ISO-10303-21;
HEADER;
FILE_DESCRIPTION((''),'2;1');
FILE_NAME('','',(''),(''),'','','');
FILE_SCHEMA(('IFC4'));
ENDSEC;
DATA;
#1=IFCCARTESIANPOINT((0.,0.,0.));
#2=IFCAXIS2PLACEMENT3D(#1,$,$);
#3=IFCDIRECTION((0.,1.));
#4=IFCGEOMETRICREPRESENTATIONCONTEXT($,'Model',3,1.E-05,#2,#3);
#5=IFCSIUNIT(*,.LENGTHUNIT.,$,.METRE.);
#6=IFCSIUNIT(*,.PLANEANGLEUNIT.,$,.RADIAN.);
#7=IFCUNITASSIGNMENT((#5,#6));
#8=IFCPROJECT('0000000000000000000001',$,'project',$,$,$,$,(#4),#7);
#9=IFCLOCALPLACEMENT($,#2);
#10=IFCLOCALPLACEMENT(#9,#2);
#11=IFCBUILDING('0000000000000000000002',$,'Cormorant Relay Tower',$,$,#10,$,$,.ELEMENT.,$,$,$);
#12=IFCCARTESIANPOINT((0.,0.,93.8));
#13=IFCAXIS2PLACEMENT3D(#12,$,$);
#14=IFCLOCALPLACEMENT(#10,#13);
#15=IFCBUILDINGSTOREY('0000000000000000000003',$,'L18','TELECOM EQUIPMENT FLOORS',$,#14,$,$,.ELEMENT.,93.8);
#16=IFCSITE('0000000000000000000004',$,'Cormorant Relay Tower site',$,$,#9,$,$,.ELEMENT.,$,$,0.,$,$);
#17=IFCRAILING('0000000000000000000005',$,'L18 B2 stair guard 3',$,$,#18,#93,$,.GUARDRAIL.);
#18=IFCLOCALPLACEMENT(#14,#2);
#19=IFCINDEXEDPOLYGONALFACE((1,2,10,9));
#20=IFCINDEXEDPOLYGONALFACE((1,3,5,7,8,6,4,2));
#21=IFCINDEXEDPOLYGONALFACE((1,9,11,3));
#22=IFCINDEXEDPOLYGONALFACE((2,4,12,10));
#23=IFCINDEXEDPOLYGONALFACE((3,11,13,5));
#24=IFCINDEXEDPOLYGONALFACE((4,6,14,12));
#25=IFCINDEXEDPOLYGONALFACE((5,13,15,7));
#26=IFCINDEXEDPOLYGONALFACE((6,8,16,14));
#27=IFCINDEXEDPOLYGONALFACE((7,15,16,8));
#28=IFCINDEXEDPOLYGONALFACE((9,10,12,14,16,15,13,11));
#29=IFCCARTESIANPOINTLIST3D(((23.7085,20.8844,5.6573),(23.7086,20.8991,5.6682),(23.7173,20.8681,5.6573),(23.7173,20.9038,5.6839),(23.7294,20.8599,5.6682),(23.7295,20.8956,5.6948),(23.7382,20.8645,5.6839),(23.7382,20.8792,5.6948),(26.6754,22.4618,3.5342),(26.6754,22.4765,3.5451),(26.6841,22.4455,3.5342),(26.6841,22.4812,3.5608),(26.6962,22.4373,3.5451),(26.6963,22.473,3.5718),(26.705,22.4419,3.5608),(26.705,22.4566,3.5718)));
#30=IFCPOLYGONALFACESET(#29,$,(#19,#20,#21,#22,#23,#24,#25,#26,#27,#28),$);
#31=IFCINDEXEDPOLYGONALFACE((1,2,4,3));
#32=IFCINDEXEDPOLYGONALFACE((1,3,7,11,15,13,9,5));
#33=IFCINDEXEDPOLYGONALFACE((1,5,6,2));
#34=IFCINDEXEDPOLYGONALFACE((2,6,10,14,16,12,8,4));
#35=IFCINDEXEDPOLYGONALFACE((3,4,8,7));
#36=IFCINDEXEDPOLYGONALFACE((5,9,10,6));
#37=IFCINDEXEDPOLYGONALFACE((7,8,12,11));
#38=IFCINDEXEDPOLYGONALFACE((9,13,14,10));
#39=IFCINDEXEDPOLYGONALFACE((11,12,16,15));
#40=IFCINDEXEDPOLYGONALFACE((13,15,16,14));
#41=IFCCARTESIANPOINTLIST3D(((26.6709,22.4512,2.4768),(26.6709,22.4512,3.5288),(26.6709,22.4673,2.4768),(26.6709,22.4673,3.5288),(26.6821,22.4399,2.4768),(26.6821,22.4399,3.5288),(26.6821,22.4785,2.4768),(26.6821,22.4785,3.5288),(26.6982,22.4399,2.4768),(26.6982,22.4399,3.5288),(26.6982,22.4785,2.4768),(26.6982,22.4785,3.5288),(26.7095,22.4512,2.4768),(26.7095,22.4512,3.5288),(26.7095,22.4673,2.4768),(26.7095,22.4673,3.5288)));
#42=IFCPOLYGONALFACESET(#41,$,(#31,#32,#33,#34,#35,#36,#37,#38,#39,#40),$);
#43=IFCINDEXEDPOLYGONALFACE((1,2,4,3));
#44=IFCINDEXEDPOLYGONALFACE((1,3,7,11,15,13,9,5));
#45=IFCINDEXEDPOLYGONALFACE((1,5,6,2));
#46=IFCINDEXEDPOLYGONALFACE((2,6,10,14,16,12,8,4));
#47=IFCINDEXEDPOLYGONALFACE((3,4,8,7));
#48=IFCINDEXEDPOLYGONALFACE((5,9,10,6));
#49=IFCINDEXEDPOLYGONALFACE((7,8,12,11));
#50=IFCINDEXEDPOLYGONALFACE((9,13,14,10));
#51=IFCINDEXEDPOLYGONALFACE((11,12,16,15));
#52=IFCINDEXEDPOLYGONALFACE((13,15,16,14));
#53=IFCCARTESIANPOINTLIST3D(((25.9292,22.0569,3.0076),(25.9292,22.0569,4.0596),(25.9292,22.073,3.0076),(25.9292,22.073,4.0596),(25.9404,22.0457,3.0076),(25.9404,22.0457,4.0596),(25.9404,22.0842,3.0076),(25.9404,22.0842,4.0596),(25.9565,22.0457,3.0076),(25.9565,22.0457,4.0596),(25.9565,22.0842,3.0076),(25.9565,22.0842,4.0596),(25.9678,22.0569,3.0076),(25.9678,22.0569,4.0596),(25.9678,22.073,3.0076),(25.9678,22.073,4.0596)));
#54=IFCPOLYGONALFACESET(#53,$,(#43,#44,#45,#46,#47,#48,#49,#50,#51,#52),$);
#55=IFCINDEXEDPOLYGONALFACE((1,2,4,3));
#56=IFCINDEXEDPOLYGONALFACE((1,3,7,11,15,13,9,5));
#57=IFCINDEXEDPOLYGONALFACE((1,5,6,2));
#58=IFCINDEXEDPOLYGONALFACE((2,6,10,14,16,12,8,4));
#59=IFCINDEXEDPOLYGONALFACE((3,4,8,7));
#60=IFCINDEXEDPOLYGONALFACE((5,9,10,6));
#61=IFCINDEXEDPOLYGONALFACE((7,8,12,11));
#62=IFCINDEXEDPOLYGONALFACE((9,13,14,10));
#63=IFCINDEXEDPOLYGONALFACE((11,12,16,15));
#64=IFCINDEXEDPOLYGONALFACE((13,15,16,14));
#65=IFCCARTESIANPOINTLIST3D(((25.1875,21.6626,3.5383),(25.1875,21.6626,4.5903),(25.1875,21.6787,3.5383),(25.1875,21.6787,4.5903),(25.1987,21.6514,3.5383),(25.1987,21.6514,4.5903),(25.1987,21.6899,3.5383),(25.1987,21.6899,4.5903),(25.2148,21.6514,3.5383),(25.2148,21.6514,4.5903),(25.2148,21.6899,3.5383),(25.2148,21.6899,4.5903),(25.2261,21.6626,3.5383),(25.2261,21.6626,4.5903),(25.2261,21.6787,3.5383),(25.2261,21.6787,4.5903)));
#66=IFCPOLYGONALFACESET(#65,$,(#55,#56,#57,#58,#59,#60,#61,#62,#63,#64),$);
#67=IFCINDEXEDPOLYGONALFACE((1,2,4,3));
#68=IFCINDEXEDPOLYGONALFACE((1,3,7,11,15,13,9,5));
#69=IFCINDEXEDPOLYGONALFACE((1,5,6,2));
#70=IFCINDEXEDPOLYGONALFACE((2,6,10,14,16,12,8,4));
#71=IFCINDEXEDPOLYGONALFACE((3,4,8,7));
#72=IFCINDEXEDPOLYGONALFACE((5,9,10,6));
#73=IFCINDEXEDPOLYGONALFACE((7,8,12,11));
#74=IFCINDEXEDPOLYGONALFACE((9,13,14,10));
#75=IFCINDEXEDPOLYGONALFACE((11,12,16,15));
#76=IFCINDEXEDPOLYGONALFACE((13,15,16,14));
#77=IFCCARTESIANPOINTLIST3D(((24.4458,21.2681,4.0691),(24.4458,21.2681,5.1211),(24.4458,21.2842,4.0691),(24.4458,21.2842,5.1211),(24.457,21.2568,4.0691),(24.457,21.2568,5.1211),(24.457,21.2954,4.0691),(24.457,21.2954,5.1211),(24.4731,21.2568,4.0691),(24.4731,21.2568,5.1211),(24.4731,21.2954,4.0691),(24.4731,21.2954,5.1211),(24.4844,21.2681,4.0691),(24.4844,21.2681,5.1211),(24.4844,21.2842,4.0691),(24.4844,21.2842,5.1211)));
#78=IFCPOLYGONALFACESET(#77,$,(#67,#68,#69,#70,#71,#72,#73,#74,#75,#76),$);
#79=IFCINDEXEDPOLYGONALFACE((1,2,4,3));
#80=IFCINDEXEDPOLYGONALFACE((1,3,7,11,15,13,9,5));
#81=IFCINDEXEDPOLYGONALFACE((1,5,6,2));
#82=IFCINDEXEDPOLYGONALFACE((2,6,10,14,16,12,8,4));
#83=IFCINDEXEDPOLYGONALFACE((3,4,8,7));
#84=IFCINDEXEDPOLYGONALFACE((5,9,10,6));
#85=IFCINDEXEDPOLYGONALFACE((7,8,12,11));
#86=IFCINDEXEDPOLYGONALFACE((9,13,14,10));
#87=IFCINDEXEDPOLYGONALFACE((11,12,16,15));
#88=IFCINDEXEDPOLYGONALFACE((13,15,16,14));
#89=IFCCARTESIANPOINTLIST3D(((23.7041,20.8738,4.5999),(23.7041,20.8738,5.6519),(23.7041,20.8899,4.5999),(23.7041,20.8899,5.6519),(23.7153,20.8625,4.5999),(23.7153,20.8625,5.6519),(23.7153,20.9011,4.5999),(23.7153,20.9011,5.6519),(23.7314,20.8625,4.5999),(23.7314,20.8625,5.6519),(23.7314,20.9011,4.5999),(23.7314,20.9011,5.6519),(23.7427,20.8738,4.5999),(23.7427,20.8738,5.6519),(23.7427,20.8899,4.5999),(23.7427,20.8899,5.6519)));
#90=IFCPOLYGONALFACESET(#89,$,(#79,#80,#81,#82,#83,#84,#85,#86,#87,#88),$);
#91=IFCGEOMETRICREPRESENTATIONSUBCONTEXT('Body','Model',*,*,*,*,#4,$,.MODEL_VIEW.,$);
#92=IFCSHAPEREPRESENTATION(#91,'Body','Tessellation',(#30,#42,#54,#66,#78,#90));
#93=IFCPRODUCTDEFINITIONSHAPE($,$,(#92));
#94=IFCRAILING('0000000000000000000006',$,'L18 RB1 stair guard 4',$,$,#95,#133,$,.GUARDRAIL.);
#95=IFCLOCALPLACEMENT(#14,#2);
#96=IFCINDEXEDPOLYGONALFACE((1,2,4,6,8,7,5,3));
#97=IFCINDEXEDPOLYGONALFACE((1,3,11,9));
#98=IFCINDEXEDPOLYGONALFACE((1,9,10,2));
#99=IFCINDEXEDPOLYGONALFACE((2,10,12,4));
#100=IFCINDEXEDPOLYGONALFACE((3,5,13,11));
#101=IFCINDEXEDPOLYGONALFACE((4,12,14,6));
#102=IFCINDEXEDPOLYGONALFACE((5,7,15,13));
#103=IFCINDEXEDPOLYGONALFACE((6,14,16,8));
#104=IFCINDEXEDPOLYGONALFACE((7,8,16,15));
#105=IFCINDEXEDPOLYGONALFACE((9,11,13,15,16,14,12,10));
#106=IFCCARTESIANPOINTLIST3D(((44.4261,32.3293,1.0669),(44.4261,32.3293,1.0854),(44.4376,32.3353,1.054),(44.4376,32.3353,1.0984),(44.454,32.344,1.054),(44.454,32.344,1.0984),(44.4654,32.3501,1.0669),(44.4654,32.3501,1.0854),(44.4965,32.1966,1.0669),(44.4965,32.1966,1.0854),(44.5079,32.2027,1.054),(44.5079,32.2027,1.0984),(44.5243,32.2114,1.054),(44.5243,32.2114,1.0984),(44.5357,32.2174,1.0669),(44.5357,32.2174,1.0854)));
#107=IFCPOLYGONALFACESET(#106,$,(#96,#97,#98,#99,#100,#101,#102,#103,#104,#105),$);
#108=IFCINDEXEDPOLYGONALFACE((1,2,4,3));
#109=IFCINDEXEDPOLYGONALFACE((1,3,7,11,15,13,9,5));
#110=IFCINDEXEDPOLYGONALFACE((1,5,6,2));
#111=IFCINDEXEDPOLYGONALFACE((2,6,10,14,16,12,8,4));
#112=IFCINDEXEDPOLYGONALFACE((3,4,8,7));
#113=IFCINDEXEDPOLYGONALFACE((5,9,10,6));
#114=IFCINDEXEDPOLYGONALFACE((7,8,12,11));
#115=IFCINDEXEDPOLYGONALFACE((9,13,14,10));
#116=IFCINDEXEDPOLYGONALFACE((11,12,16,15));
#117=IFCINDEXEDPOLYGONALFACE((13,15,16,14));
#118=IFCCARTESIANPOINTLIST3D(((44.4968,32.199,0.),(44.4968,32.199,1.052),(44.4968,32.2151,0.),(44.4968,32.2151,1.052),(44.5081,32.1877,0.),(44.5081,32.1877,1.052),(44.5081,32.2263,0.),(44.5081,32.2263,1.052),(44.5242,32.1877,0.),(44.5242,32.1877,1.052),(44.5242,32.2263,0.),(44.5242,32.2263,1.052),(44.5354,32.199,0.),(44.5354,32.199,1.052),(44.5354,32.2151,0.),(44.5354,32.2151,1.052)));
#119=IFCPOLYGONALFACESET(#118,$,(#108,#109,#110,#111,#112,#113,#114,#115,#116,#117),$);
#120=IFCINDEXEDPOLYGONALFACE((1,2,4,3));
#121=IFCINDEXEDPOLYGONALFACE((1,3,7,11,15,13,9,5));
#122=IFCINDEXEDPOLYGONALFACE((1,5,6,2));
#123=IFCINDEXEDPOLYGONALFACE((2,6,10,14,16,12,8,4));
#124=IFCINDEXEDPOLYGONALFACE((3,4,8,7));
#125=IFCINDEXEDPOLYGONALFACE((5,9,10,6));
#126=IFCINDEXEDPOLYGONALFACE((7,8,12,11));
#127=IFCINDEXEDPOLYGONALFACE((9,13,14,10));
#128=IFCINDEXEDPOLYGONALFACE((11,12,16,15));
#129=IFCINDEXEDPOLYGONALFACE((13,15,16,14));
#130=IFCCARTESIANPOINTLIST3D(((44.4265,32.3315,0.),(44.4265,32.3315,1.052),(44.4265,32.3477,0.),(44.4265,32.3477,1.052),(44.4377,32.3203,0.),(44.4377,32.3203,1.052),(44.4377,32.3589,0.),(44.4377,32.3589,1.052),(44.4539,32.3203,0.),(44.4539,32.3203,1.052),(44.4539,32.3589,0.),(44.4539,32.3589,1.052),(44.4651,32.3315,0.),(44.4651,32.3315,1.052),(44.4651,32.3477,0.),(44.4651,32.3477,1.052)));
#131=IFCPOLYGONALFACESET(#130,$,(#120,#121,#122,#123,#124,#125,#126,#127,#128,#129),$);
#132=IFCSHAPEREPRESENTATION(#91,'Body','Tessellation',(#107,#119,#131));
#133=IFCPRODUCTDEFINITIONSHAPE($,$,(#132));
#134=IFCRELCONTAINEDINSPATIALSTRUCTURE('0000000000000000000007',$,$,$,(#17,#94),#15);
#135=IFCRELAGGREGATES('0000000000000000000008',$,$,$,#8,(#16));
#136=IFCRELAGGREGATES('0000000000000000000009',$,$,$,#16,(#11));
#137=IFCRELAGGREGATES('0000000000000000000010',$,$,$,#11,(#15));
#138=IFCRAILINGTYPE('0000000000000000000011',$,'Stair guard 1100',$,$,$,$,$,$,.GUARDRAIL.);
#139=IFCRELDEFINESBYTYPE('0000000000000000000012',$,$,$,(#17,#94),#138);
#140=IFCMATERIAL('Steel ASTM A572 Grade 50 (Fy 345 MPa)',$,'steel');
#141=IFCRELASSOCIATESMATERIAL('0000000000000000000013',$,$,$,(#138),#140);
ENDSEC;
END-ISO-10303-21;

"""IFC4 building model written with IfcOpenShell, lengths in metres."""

from ifc_helpers import new_model, si_unit, direction, frame, origin, place, context, subcontext, project, spatial, polyline, outline, extrude, material, type_object, element, save


model = new_model("IFC4")

# Units and contexts
model_context = context("Model", 3, precision=1e-05, world=origin(), true_north=direction((0.0, 1.0)))
body_context = subcontext(model_context, "Body", "Model", "MODEL_VIEW")
ifc_project = project(units=[si_unit("LENGTHUNIT", "METRE"), si_unit("PLANEANGLEUNIT", "RADIAN")], contexts=[model_context])

# Site, building, storey
site_placement = place(None, origin())
site = spatial("IfcSite", under=ifc_project, at=site_placement, Name="Cormorant Relay Tower site", CompositionType="ELEMENT", RefElevation=0.0)
building_placement = place(site_placement, origin())
building = spatial("IfcBuilding", under=site, at=building_placement, Name="Cormorant Relay Tower", CompositionType="ELEMENT")
storey_placement = place(building_placement, frame((0.0, 0.0, 93.8)))
storey = spatial("IfcBuildingStorey", under=building, at=storey_placement, Name="L18", Description="TELECOM EQUIPMENT FLOORS", CompositionType="ELEMENT", Elevation=93.8)

# Railings
ifc_material_1 = material(Name="Steel ASTM A572 Grade 50 (Fy 345 MPa)", Category="steel")
railing_type = type_object("IfcRailingType", Name="Stair guard 1100", PredefinedType="GUARDRAIL", material=ifc_material_1)
railing_1_placement = place(storey_placement, frame((26.6902, 22.4592, 2.4768)))
element("IfcRailing", 1, at=railing_1_placement, inside=storey, type_object=railing_type, Name="L18 B2 stair guard 3", PredefinedType="GUARDRAIL", context=body_context, shape_type="SweptSolid", body=[
    extrude(outline(polyline([(0.0222, 0.0093), (0.0093, 0.0222), (-0.0093, 0.0222), (-0.0222, 0.0093), (-0.0222, -0.0093), (-0.0093, -0.0222), (0.0093, -0.0222), (0.0222, -0.0093), (0.0222, 0.0093)])), frame((0.0, 0.0, 1.0762), z_axis=(-0.746441, -0.396869, 0.534155), x_axis=(0.469453, -0.882958, 0.0)), (0.0, 0.0, 1.0), 3.9746),
    extrude(outline(polyline([(0.0193, 0.0081), (0.0081, 0.0193), (-0.0081, 0.0193), (-0.0193, 0.0081), (-0.0193, -0.0081), (-0.0081, -0.0193), (0.0081, -0.0193), (0.0193, -0.0081), (0.0193, 0.0081)])), origin(), (0.0, 0.0, 1.0), 1.052),
    extrude(outline(polyline([(0.0193, 0.0081), (0.0081, 0.0193), (-0.0081, 0.0193), (-0.0193, 0.0081), (-0.0193, -0.0081), (-0.0081, -0.0193), (0.0081, -0.0193), (0.0193, -0.0081), (0.0193, 0.0081)])), frame((-0.7417, -0.3943, 0.5308)), (0.0, 0.0, 1.0), 1.052),
    extrude(outline(polyline([(0.0193, 0.0081), (0.0081, 0.0193), (-0.0081, 0.0193), (-0.0193, 0.0081), (-0.0193, -0.0081), (-0.0081, -0.0193), (0.0081, -0.0193), (0.0193, -0.0081), (0.0193, 0.0081)])), frame((-1.4834, -0.7886, 1.0615)), (0.0, 0.0, 1.0), 1.052),
    extrude(outline(polyline([(0.0193, 0.0081), (0.0081, 0.0193), (-0.0081, 0.0193), (-0.0193, 0.0081), (-0.0193, -0.0081), (-0.0081, -0.0193), (0.0081, -0.0193), (0.0193, -0.0081), (0.0193, 0.0081)])), frame((-2.2251, -1.1831, 1.5923)), (0.0, 0.0, 1.0), 1.052),
    extrude(outline(polyline([(0.0193, 0.0081), (0.0081, 0.0193), (-0.0081, 0.0193), (-0.0193, 0.0081), (-0.0193, -0.0081), (-0.0081, -0.0193), (0.0081, -0.0193), (0.0193, -0.0081), (0.0193, 0.0081)])), frame((-2.9668, -1.5774, 2.123)), (0.0, 0.0, 1.0), 1.052),
])
railing_2_placement = place(storey_placement, frame((44.5161, 32.207, 0.0)))
element("IfcRailing", 2, at=railing_2_placement, inside=storey, type_object=railing_type, Name="L18 RB1 stair guard 4", PredefinedType="GUARDRAIL", context=body_context, shape_type="SweptSolid", body=[
    extrude(outline(polyline([(0.0222, 0.0093), (0.0093, 0.0222), (-0.0093, 0.0222), (-0.0222, 0.0093), (-0.0222, -0.0093), (-0.0093, -0.0222), (0.0093, -0.0222), (0.0222, -0.0093), (0.0222, 0.0093)])), frame((0.0, 0.0, 1.0762), z_axis=(-0.46856, 0.883431, 0.0), x_axis=(-0.883431, -0.46856, 0.0)), (0.0, 0.0, 1.0), 0.1501),
    extrude(outline(polyline([(0.0193, 0.0081), (0.0081, 0.0193), (-0.0081, 0.0193), (-0.0193, 0.0081), (-0.0193, -0.0081), (-0.0081, -0.0193), (0.0081, -0.0193), (0.0193, -0.0081), (0.0193, 0.0081)])), origin(), (0.0, 0.0, 1.0), 1.052),
    extrude(outline(polyline([(0.0193, 0.0081), (0.0081, 0.0193), (-0.0081, 0.0193), (-0.0193, 0.0081), (-0.0193, -0.0081), (-0.0081, -0.0193), (0.0081, -0.0193), (0.0193, -0.0081), (0.0193, 0.0081)])), frame((-0.0703, 0.1326, 0.0)), (0.0, 0.0, 1.0), 1.052),
])

save(model, "model.ifc")
